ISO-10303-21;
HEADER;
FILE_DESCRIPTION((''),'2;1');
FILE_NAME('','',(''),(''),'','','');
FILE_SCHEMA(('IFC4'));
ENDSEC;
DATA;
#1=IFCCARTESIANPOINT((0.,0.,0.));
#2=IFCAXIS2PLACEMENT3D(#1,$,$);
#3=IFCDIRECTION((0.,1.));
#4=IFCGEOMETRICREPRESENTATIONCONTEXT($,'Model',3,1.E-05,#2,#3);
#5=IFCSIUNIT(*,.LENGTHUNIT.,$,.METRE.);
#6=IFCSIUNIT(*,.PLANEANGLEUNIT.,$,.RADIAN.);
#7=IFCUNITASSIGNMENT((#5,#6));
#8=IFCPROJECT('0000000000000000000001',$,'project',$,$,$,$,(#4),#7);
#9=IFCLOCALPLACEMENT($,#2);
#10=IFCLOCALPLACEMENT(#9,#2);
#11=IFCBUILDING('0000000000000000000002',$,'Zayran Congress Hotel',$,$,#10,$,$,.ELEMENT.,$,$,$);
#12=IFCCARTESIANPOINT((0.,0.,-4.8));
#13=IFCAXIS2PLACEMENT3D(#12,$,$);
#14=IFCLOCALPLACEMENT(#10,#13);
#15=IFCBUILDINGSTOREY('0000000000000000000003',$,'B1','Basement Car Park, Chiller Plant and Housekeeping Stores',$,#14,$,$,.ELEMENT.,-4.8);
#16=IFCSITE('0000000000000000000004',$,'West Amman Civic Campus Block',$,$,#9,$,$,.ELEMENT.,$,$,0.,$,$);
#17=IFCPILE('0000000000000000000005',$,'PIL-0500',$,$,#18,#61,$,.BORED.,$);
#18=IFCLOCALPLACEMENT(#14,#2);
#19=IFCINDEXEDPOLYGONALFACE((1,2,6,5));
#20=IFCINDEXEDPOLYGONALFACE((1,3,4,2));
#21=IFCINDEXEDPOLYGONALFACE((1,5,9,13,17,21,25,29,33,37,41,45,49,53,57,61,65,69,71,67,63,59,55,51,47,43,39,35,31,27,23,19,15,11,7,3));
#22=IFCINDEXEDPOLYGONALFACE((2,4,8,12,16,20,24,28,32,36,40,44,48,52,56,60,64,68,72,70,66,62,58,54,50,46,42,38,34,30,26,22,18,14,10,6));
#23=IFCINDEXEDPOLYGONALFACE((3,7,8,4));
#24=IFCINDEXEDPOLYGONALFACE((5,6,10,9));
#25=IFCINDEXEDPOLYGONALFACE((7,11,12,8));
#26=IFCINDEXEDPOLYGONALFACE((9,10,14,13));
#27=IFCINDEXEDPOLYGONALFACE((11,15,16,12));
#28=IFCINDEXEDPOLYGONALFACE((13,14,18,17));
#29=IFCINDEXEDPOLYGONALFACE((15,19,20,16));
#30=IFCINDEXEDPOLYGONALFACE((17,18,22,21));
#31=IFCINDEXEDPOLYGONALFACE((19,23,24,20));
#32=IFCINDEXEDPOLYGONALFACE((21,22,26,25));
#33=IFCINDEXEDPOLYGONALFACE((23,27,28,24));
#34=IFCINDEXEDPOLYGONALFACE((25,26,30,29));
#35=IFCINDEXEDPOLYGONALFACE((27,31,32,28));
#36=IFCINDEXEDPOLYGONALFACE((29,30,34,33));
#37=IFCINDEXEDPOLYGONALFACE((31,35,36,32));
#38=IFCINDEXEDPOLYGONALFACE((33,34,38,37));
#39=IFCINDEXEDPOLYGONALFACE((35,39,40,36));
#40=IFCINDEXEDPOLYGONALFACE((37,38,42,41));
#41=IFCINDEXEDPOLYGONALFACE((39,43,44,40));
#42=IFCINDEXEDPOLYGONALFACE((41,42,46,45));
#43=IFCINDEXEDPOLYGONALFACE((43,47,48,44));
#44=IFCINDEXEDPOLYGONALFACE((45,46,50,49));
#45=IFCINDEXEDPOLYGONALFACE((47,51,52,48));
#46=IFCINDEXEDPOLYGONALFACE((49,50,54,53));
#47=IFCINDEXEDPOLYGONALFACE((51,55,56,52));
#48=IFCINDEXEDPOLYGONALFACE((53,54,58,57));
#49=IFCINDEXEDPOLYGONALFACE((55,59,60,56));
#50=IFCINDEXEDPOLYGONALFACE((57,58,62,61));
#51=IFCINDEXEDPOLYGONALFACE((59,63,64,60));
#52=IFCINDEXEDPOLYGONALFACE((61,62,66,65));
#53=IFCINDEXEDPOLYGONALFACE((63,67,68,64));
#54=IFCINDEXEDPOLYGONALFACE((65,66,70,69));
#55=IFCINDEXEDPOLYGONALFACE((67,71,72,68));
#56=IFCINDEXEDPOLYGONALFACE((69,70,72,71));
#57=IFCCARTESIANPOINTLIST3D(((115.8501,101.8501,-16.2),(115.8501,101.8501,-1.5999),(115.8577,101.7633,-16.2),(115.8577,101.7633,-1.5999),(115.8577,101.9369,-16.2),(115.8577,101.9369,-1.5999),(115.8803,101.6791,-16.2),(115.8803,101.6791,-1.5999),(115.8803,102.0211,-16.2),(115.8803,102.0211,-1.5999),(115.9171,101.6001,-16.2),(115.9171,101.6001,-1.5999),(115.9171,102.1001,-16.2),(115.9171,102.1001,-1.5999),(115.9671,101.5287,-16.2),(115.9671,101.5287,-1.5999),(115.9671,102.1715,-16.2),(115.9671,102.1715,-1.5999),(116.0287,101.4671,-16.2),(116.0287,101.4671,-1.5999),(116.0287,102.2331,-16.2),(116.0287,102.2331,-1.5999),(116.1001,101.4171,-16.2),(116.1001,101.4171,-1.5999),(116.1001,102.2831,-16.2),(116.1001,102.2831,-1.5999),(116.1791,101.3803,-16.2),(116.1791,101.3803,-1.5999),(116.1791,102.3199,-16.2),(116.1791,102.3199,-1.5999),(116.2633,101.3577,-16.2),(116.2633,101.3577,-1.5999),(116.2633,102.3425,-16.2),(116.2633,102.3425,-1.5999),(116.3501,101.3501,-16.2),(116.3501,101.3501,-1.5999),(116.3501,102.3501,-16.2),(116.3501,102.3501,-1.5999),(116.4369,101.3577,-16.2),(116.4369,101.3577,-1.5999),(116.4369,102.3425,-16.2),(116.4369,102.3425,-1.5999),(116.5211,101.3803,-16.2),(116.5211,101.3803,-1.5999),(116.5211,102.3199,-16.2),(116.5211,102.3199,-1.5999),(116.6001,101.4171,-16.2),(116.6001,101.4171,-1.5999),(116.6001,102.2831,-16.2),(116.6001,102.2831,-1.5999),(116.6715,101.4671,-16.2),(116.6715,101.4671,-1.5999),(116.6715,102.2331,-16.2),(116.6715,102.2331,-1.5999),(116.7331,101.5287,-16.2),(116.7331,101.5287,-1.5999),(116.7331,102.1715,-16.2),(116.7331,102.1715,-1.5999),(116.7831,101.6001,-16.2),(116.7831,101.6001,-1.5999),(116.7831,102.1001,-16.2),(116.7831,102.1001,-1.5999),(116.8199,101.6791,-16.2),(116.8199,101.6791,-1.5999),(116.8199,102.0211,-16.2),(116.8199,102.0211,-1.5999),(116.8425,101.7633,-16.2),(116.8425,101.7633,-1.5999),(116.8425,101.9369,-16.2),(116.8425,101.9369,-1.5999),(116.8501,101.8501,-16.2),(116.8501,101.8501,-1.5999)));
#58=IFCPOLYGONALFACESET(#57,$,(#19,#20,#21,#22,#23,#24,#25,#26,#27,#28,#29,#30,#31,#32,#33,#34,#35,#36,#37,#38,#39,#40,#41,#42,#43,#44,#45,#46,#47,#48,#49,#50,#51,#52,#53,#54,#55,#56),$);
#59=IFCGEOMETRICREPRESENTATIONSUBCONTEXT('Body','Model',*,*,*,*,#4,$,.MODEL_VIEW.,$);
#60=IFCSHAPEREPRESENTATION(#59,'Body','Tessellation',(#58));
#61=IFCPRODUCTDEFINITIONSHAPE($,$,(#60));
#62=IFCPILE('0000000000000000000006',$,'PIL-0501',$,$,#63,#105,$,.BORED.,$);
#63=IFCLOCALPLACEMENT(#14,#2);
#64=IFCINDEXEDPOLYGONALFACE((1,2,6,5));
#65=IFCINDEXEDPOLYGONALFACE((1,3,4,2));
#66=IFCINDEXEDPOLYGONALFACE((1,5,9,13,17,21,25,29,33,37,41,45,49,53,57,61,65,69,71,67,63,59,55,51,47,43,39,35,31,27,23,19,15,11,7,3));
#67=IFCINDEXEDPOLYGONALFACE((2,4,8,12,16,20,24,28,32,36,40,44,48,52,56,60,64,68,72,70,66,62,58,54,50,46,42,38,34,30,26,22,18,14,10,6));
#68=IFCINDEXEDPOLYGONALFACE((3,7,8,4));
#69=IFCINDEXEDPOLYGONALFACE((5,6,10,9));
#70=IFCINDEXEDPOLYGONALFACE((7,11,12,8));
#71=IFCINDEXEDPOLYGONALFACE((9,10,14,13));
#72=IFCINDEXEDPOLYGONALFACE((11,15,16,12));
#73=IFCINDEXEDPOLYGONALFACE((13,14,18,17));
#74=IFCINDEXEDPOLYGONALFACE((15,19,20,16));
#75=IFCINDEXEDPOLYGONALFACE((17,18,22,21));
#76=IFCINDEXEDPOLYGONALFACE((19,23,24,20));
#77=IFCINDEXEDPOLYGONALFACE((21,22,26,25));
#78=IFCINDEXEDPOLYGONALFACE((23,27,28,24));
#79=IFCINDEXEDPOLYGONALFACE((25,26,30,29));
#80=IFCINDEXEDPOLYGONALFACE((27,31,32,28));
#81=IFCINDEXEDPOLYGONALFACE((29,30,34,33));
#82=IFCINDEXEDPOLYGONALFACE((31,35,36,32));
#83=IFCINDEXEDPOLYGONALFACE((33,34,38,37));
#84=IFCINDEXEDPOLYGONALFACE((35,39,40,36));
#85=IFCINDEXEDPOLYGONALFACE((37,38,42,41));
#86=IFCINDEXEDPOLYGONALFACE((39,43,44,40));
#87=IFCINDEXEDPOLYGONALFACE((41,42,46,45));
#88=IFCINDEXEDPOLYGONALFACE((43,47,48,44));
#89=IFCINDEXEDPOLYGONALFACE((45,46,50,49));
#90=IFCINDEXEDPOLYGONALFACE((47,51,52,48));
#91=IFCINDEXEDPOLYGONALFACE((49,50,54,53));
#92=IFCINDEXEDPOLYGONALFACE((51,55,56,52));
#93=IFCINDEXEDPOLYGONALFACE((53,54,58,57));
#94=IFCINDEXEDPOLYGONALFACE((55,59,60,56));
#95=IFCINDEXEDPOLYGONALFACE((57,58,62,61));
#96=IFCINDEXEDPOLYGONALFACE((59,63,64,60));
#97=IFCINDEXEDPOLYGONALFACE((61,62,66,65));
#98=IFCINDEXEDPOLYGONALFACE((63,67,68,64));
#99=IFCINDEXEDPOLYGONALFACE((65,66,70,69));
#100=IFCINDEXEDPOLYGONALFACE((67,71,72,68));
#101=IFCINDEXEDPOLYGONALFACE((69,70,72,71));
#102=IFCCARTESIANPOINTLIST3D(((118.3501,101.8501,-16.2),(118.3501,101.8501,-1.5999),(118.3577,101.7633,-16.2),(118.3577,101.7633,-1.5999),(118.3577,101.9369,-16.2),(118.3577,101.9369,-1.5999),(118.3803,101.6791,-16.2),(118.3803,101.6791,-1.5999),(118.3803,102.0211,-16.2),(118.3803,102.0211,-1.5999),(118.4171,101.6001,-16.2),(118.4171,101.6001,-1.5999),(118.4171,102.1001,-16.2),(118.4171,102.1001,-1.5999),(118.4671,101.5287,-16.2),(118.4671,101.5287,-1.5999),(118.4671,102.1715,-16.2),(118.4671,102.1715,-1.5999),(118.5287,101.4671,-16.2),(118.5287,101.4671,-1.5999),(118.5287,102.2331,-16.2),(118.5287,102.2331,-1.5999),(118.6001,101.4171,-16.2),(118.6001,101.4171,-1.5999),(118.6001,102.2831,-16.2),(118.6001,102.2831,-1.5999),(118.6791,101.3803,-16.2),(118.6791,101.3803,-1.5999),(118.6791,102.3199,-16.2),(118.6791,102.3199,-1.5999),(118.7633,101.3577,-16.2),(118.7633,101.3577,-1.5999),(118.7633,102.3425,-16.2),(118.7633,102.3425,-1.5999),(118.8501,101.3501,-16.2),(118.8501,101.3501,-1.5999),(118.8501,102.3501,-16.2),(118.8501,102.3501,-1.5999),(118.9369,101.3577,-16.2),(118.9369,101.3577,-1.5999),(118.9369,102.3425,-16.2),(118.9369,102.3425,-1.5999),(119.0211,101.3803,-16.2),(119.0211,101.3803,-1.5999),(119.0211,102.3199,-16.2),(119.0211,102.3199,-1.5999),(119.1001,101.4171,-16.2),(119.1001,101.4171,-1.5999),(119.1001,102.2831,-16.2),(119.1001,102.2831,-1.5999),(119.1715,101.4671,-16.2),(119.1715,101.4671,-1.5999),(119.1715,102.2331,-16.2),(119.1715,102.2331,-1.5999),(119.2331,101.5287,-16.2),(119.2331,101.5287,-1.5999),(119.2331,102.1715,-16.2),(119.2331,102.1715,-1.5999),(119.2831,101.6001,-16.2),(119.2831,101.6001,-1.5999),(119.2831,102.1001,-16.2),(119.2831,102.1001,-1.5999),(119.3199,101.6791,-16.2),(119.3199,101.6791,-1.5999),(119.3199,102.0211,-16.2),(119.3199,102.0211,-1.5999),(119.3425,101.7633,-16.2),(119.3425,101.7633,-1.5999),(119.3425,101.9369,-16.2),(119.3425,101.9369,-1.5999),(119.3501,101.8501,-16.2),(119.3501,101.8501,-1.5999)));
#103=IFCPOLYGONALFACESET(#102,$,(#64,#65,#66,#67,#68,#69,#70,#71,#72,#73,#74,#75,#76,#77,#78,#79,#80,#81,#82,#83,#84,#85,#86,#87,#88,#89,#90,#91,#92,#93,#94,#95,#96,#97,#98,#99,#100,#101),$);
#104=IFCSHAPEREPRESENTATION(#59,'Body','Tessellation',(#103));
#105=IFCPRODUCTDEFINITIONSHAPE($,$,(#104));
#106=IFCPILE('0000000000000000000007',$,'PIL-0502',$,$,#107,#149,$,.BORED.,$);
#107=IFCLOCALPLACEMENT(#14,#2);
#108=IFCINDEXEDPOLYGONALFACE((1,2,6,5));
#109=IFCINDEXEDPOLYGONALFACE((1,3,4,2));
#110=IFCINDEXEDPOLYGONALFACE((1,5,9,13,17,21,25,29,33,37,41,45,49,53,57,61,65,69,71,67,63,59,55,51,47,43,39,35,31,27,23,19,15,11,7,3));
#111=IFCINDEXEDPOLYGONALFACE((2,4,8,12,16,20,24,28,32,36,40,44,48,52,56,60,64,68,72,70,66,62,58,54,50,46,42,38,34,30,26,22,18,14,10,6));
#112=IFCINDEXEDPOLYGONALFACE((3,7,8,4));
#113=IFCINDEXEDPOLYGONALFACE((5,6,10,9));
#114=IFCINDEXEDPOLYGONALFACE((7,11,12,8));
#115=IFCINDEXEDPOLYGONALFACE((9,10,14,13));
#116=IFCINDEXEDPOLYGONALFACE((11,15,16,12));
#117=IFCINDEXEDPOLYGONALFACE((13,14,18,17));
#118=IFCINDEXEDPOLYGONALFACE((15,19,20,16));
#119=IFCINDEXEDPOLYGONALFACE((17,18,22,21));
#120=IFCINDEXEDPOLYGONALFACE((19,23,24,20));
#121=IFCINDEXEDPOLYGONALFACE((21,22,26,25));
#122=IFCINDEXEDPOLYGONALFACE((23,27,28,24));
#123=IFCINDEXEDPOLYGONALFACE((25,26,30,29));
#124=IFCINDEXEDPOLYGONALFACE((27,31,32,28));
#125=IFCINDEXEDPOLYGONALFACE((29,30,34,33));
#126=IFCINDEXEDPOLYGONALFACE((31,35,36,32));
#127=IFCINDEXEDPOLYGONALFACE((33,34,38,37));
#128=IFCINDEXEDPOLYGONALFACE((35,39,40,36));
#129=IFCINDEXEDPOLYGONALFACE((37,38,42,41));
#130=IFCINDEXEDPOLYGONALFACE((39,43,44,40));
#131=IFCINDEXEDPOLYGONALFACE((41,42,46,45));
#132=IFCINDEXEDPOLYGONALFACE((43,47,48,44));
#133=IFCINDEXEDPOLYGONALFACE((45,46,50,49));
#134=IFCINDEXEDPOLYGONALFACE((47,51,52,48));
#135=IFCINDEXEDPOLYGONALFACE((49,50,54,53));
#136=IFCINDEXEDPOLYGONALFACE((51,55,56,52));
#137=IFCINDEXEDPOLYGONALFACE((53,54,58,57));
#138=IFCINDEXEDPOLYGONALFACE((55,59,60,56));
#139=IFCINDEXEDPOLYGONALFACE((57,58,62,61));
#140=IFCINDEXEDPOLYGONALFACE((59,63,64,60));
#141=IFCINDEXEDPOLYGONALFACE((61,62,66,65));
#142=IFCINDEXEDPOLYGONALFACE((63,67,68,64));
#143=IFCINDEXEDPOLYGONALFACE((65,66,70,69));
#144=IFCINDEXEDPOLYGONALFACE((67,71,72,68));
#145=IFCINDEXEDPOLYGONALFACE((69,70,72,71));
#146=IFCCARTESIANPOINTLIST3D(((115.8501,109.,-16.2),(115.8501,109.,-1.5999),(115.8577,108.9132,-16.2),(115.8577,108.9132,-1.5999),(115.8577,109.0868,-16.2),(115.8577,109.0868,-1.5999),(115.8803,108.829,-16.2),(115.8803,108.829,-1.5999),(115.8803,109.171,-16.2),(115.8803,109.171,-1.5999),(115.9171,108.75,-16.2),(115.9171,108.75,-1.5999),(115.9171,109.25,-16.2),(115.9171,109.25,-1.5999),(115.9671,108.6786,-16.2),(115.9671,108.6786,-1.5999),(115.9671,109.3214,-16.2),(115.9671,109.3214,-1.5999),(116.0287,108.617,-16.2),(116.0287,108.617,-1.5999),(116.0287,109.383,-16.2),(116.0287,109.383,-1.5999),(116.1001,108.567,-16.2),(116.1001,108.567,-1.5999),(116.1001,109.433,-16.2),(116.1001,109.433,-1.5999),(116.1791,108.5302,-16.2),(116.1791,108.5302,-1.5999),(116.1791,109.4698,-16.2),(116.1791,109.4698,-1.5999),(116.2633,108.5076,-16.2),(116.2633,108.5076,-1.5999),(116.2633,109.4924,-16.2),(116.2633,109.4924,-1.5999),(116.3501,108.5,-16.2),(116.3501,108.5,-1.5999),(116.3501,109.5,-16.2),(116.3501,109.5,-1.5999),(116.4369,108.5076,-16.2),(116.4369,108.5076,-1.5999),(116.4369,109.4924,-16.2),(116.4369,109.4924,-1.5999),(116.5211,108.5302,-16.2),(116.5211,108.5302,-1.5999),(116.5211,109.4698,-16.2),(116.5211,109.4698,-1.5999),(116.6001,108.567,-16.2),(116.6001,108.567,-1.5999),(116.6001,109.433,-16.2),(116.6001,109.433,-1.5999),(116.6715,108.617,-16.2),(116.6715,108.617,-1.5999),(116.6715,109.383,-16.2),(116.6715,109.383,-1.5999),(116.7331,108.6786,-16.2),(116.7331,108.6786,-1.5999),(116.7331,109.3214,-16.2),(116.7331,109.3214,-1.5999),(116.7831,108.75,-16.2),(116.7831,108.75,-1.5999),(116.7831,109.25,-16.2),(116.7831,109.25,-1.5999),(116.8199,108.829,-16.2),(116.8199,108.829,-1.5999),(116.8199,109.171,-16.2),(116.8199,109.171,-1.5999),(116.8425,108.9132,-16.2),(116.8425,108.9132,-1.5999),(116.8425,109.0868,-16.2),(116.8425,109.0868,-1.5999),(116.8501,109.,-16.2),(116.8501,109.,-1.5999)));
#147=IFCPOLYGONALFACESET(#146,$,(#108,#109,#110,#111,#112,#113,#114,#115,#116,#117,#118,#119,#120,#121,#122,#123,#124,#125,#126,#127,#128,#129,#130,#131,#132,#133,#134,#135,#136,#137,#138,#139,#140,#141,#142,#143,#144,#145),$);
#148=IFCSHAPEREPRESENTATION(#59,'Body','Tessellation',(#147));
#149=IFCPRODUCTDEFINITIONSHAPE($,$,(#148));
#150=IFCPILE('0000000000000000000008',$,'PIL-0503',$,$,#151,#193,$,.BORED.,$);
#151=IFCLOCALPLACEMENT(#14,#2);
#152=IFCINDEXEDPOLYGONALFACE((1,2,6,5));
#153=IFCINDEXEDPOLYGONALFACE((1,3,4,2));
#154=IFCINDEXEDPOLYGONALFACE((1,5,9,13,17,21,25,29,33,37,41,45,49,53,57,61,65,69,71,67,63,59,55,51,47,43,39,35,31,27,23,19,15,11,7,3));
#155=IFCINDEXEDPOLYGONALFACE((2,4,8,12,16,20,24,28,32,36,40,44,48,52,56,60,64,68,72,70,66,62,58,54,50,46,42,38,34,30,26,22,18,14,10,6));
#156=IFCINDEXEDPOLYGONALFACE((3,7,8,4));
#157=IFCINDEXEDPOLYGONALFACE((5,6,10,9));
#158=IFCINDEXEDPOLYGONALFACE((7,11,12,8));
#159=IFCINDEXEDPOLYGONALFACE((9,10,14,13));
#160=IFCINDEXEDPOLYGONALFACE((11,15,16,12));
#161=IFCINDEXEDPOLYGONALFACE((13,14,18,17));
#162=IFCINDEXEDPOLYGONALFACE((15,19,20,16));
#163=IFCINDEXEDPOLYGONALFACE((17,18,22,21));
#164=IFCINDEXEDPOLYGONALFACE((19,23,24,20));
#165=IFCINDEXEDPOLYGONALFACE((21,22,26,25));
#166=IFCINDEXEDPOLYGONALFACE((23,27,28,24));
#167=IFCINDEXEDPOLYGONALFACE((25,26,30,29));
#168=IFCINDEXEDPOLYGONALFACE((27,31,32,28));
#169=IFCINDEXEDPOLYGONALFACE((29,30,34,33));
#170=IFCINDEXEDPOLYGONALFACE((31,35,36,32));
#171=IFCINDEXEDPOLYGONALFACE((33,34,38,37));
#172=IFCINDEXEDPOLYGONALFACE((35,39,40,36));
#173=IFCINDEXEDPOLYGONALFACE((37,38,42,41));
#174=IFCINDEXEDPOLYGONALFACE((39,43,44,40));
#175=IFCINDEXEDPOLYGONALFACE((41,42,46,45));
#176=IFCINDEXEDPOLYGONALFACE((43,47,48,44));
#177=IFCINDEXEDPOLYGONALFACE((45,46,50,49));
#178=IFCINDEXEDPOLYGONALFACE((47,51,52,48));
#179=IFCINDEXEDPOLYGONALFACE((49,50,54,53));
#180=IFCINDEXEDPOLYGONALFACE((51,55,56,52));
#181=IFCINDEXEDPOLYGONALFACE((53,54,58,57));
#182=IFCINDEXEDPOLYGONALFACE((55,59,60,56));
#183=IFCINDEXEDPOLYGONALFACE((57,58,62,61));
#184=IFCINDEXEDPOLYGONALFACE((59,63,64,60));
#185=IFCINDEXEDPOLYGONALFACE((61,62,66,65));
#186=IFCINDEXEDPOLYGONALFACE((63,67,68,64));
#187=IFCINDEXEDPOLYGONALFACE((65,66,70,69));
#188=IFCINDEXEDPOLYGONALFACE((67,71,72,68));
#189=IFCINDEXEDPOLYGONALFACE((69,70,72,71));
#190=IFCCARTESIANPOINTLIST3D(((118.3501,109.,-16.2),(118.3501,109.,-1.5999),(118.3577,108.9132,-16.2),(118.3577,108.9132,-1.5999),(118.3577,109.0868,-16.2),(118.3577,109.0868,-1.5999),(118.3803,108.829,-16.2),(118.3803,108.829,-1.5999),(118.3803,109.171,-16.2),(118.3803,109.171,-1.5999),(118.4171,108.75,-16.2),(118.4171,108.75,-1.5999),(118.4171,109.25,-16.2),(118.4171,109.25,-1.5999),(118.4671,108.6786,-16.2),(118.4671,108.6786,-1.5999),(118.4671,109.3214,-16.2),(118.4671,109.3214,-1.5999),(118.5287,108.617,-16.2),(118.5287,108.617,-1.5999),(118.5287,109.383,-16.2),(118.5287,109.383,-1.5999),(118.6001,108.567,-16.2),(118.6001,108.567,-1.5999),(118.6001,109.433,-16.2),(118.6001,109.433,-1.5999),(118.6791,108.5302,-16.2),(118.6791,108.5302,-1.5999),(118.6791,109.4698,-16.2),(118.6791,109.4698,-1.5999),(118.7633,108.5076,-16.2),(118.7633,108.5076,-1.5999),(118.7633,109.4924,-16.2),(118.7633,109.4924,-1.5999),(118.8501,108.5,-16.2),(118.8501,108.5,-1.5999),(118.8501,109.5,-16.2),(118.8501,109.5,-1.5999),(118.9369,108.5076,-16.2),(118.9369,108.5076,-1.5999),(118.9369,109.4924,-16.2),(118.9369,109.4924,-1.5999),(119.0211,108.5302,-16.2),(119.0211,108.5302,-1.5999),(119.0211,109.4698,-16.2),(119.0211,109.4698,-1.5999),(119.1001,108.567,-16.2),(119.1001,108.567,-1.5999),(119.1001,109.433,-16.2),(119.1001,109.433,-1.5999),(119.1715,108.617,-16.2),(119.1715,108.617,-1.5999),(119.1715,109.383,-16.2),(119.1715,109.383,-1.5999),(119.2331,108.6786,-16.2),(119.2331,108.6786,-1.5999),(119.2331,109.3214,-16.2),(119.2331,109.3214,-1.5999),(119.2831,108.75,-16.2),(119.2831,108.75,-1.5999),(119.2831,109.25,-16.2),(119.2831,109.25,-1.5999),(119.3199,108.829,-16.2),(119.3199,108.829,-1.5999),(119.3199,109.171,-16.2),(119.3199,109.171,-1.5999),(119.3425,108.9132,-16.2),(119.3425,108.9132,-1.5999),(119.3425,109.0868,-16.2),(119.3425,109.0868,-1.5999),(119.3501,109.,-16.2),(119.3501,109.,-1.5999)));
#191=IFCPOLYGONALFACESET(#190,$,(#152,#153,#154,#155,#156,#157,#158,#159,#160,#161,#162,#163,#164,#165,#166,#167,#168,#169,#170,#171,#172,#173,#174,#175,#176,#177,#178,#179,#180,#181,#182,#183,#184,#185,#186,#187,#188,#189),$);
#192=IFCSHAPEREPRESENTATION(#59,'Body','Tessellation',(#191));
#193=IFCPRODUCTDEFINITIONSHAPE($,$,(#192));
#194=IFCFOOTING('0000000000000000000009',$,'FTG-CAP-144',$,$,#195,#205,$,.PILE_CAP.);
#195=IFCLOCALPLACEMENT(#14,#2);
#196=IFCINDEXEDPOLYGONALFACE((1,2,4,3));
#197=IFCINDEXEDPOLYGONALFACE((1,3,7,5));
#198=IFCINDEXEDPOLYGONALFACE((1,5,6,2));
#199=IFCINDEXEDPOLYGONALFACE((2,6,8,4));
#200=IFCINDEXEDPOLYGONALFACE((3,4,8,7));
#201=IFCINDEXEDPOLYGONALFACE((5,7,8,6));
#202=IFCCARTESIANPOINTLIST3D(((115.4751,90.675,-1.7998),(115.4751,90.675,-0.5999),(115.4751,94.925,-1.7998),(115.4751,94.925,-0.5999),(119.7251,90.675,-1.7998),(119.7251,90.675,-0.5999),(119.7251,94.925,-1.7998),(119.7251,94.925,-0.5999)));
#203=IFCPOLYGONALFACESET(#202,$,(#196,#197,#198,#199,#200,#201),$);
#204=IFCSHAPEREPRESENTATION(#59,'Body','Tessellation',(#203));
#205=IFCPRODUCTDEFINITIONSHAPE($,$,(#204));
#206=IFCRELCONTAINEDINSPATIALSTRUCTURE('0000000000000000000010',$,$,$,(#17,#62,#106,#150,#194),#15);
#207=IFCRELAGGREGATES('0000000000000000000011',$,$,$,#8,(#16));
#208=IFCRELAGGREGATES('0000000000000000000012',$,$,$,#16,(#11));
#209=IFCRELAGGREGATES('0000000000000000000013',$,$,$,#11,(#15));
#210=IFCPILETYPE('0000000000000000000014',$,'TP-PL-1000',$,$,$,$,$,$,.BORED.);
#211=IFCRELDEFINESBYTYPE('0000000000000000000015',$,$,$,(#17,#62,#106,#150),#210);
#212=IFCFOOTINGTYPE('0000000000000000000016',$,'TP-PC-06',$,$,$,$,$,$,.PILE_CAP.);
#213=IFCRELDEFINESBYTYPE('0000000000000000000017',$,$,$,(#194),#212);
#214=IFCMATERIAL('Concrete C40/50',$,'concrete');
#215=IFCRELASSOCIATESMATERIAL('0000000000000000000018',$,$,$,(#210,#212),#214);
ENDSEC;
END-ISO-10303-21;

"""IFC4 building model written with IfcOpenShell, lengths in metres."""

from ifc_helpers import new_model, si_unit, direction, frame, origin, origin_2d, place, context, subcontext, project, spatial, rectangle, circle, extrude, material, material_profile, profile_set, type_object, element, save


model = new_model("IFC4")

# Units and contexts
model_context = context("Model", 3, precision=1e-05, world=origin(), true_north=direction((0.0, 1.0)))
body_context = subcontext(model_context, "Body", "Model", "MODEL_VIEW")
ifc_project = project(units=[si_unit("LENGTHUNIT", "METRE"), si_unit("PLANEANGLEUNIT", "RADIAN")], contexts=[model_context])

# Site, building, storey
site_placement = place(None, origin())
site = spatial("IfcSite", under=ifc_project, at=site_placement, Name="West Amman Civic Campus Block", CompositionType="ELEMENT", RefElevation=0.0)
building_placement = place(site_placement, origin())
building = spatial("IfcBuilding", under=site, at=building_placement, Name="Zayran Congress Hotel", CompositionType="ELEMENT")
storey_placement = place(building_placement, frame((0.0, 0.0, -4.8)))
storey = spatial("IfcBuildingStorey", under=building, at=storey_placement, Name="B1", Description="Basement Car Park, Chiller Plant and Housekeeping Stores", CompositionType="ELEMENT", Elevation=-4.8)

# Piles
ifc_material = material(Name="Concrete C40/50", Category="concrete")
ifc_material_profile_1 = material_profile(ifc_material, circle(Radius=0.5, at=origin_2d()), Name="PILE D1000")
ifc_profile_set_1 = profile_set([ifc_material_profile_1], Name="Concrete C40/50")
pile_type = type_object("IfcPileType", Name="TP-PL-1000", PredefinedType="BORED", material=ifc_profile_set_1)
for number, where, z_axis, x_axis, name in (
    (1, (116.3501, 101.8501, -1.5999), (0.0, 0.0, -1.0), (1.0, 0.0, 0.0), "PIL-0500"),
    (2, (118.8501, 101.8501, -1.5999), (0.0, 0.0, -1.0), (1.0, 0.0, 0.0), "PIL-0501"),
    (3, (116.3501, 109.0, -1.5999), (0.0, 0.0, -1.0), (1.0, 0.0, 0.0), "PIL-0502"),
    (4, (118.8501, 109.0, -1.5999), (0.0, 0.0, -1.0), (1.0, 0.0, 0.0), "PIL-0503"),
):
    element("IfcPile", number, at=place(storey_placement, frame(where, z_axis=z_axis, x_axis=x_axis)), inside=storey, type_object=pile_type, Name=name, PredefinedType="BORED", context=body_context, shape_type="SweptSolid", body=[
        extrude(circle(Radius=0.5, at=origin_2d()), origin(), (0.0, 0.0, 1.0), 14.6001),
    ])

# Footing
footing_type_1 = type_object("IfcFootingType", Name="TP-PC-06", PredefinedType="PILE_CAP", material=ifc_material)
footing_1_placement = place(storey_placement, frame((117.6001, 92.8, -1.7998), z_axis=(0.0, 0.0, 1.0), x_axis=(1.0, 0.0, 0.0)))
element("IfcFooting", 5, at=footing_1_placement, inside=storey, type_object=footing_type_1, Name="FTG-CAP-144", PredefinedType="PILE_CAP", context=body_context, shape_type="SweptSolid", body=[
    extrude(rectangle(XDim=4.25, YDim=4.25, at=origin_2d()), origin(), (0.0, 0.0, 1.0), 1.2),
])

save(model, "model.ifc")
